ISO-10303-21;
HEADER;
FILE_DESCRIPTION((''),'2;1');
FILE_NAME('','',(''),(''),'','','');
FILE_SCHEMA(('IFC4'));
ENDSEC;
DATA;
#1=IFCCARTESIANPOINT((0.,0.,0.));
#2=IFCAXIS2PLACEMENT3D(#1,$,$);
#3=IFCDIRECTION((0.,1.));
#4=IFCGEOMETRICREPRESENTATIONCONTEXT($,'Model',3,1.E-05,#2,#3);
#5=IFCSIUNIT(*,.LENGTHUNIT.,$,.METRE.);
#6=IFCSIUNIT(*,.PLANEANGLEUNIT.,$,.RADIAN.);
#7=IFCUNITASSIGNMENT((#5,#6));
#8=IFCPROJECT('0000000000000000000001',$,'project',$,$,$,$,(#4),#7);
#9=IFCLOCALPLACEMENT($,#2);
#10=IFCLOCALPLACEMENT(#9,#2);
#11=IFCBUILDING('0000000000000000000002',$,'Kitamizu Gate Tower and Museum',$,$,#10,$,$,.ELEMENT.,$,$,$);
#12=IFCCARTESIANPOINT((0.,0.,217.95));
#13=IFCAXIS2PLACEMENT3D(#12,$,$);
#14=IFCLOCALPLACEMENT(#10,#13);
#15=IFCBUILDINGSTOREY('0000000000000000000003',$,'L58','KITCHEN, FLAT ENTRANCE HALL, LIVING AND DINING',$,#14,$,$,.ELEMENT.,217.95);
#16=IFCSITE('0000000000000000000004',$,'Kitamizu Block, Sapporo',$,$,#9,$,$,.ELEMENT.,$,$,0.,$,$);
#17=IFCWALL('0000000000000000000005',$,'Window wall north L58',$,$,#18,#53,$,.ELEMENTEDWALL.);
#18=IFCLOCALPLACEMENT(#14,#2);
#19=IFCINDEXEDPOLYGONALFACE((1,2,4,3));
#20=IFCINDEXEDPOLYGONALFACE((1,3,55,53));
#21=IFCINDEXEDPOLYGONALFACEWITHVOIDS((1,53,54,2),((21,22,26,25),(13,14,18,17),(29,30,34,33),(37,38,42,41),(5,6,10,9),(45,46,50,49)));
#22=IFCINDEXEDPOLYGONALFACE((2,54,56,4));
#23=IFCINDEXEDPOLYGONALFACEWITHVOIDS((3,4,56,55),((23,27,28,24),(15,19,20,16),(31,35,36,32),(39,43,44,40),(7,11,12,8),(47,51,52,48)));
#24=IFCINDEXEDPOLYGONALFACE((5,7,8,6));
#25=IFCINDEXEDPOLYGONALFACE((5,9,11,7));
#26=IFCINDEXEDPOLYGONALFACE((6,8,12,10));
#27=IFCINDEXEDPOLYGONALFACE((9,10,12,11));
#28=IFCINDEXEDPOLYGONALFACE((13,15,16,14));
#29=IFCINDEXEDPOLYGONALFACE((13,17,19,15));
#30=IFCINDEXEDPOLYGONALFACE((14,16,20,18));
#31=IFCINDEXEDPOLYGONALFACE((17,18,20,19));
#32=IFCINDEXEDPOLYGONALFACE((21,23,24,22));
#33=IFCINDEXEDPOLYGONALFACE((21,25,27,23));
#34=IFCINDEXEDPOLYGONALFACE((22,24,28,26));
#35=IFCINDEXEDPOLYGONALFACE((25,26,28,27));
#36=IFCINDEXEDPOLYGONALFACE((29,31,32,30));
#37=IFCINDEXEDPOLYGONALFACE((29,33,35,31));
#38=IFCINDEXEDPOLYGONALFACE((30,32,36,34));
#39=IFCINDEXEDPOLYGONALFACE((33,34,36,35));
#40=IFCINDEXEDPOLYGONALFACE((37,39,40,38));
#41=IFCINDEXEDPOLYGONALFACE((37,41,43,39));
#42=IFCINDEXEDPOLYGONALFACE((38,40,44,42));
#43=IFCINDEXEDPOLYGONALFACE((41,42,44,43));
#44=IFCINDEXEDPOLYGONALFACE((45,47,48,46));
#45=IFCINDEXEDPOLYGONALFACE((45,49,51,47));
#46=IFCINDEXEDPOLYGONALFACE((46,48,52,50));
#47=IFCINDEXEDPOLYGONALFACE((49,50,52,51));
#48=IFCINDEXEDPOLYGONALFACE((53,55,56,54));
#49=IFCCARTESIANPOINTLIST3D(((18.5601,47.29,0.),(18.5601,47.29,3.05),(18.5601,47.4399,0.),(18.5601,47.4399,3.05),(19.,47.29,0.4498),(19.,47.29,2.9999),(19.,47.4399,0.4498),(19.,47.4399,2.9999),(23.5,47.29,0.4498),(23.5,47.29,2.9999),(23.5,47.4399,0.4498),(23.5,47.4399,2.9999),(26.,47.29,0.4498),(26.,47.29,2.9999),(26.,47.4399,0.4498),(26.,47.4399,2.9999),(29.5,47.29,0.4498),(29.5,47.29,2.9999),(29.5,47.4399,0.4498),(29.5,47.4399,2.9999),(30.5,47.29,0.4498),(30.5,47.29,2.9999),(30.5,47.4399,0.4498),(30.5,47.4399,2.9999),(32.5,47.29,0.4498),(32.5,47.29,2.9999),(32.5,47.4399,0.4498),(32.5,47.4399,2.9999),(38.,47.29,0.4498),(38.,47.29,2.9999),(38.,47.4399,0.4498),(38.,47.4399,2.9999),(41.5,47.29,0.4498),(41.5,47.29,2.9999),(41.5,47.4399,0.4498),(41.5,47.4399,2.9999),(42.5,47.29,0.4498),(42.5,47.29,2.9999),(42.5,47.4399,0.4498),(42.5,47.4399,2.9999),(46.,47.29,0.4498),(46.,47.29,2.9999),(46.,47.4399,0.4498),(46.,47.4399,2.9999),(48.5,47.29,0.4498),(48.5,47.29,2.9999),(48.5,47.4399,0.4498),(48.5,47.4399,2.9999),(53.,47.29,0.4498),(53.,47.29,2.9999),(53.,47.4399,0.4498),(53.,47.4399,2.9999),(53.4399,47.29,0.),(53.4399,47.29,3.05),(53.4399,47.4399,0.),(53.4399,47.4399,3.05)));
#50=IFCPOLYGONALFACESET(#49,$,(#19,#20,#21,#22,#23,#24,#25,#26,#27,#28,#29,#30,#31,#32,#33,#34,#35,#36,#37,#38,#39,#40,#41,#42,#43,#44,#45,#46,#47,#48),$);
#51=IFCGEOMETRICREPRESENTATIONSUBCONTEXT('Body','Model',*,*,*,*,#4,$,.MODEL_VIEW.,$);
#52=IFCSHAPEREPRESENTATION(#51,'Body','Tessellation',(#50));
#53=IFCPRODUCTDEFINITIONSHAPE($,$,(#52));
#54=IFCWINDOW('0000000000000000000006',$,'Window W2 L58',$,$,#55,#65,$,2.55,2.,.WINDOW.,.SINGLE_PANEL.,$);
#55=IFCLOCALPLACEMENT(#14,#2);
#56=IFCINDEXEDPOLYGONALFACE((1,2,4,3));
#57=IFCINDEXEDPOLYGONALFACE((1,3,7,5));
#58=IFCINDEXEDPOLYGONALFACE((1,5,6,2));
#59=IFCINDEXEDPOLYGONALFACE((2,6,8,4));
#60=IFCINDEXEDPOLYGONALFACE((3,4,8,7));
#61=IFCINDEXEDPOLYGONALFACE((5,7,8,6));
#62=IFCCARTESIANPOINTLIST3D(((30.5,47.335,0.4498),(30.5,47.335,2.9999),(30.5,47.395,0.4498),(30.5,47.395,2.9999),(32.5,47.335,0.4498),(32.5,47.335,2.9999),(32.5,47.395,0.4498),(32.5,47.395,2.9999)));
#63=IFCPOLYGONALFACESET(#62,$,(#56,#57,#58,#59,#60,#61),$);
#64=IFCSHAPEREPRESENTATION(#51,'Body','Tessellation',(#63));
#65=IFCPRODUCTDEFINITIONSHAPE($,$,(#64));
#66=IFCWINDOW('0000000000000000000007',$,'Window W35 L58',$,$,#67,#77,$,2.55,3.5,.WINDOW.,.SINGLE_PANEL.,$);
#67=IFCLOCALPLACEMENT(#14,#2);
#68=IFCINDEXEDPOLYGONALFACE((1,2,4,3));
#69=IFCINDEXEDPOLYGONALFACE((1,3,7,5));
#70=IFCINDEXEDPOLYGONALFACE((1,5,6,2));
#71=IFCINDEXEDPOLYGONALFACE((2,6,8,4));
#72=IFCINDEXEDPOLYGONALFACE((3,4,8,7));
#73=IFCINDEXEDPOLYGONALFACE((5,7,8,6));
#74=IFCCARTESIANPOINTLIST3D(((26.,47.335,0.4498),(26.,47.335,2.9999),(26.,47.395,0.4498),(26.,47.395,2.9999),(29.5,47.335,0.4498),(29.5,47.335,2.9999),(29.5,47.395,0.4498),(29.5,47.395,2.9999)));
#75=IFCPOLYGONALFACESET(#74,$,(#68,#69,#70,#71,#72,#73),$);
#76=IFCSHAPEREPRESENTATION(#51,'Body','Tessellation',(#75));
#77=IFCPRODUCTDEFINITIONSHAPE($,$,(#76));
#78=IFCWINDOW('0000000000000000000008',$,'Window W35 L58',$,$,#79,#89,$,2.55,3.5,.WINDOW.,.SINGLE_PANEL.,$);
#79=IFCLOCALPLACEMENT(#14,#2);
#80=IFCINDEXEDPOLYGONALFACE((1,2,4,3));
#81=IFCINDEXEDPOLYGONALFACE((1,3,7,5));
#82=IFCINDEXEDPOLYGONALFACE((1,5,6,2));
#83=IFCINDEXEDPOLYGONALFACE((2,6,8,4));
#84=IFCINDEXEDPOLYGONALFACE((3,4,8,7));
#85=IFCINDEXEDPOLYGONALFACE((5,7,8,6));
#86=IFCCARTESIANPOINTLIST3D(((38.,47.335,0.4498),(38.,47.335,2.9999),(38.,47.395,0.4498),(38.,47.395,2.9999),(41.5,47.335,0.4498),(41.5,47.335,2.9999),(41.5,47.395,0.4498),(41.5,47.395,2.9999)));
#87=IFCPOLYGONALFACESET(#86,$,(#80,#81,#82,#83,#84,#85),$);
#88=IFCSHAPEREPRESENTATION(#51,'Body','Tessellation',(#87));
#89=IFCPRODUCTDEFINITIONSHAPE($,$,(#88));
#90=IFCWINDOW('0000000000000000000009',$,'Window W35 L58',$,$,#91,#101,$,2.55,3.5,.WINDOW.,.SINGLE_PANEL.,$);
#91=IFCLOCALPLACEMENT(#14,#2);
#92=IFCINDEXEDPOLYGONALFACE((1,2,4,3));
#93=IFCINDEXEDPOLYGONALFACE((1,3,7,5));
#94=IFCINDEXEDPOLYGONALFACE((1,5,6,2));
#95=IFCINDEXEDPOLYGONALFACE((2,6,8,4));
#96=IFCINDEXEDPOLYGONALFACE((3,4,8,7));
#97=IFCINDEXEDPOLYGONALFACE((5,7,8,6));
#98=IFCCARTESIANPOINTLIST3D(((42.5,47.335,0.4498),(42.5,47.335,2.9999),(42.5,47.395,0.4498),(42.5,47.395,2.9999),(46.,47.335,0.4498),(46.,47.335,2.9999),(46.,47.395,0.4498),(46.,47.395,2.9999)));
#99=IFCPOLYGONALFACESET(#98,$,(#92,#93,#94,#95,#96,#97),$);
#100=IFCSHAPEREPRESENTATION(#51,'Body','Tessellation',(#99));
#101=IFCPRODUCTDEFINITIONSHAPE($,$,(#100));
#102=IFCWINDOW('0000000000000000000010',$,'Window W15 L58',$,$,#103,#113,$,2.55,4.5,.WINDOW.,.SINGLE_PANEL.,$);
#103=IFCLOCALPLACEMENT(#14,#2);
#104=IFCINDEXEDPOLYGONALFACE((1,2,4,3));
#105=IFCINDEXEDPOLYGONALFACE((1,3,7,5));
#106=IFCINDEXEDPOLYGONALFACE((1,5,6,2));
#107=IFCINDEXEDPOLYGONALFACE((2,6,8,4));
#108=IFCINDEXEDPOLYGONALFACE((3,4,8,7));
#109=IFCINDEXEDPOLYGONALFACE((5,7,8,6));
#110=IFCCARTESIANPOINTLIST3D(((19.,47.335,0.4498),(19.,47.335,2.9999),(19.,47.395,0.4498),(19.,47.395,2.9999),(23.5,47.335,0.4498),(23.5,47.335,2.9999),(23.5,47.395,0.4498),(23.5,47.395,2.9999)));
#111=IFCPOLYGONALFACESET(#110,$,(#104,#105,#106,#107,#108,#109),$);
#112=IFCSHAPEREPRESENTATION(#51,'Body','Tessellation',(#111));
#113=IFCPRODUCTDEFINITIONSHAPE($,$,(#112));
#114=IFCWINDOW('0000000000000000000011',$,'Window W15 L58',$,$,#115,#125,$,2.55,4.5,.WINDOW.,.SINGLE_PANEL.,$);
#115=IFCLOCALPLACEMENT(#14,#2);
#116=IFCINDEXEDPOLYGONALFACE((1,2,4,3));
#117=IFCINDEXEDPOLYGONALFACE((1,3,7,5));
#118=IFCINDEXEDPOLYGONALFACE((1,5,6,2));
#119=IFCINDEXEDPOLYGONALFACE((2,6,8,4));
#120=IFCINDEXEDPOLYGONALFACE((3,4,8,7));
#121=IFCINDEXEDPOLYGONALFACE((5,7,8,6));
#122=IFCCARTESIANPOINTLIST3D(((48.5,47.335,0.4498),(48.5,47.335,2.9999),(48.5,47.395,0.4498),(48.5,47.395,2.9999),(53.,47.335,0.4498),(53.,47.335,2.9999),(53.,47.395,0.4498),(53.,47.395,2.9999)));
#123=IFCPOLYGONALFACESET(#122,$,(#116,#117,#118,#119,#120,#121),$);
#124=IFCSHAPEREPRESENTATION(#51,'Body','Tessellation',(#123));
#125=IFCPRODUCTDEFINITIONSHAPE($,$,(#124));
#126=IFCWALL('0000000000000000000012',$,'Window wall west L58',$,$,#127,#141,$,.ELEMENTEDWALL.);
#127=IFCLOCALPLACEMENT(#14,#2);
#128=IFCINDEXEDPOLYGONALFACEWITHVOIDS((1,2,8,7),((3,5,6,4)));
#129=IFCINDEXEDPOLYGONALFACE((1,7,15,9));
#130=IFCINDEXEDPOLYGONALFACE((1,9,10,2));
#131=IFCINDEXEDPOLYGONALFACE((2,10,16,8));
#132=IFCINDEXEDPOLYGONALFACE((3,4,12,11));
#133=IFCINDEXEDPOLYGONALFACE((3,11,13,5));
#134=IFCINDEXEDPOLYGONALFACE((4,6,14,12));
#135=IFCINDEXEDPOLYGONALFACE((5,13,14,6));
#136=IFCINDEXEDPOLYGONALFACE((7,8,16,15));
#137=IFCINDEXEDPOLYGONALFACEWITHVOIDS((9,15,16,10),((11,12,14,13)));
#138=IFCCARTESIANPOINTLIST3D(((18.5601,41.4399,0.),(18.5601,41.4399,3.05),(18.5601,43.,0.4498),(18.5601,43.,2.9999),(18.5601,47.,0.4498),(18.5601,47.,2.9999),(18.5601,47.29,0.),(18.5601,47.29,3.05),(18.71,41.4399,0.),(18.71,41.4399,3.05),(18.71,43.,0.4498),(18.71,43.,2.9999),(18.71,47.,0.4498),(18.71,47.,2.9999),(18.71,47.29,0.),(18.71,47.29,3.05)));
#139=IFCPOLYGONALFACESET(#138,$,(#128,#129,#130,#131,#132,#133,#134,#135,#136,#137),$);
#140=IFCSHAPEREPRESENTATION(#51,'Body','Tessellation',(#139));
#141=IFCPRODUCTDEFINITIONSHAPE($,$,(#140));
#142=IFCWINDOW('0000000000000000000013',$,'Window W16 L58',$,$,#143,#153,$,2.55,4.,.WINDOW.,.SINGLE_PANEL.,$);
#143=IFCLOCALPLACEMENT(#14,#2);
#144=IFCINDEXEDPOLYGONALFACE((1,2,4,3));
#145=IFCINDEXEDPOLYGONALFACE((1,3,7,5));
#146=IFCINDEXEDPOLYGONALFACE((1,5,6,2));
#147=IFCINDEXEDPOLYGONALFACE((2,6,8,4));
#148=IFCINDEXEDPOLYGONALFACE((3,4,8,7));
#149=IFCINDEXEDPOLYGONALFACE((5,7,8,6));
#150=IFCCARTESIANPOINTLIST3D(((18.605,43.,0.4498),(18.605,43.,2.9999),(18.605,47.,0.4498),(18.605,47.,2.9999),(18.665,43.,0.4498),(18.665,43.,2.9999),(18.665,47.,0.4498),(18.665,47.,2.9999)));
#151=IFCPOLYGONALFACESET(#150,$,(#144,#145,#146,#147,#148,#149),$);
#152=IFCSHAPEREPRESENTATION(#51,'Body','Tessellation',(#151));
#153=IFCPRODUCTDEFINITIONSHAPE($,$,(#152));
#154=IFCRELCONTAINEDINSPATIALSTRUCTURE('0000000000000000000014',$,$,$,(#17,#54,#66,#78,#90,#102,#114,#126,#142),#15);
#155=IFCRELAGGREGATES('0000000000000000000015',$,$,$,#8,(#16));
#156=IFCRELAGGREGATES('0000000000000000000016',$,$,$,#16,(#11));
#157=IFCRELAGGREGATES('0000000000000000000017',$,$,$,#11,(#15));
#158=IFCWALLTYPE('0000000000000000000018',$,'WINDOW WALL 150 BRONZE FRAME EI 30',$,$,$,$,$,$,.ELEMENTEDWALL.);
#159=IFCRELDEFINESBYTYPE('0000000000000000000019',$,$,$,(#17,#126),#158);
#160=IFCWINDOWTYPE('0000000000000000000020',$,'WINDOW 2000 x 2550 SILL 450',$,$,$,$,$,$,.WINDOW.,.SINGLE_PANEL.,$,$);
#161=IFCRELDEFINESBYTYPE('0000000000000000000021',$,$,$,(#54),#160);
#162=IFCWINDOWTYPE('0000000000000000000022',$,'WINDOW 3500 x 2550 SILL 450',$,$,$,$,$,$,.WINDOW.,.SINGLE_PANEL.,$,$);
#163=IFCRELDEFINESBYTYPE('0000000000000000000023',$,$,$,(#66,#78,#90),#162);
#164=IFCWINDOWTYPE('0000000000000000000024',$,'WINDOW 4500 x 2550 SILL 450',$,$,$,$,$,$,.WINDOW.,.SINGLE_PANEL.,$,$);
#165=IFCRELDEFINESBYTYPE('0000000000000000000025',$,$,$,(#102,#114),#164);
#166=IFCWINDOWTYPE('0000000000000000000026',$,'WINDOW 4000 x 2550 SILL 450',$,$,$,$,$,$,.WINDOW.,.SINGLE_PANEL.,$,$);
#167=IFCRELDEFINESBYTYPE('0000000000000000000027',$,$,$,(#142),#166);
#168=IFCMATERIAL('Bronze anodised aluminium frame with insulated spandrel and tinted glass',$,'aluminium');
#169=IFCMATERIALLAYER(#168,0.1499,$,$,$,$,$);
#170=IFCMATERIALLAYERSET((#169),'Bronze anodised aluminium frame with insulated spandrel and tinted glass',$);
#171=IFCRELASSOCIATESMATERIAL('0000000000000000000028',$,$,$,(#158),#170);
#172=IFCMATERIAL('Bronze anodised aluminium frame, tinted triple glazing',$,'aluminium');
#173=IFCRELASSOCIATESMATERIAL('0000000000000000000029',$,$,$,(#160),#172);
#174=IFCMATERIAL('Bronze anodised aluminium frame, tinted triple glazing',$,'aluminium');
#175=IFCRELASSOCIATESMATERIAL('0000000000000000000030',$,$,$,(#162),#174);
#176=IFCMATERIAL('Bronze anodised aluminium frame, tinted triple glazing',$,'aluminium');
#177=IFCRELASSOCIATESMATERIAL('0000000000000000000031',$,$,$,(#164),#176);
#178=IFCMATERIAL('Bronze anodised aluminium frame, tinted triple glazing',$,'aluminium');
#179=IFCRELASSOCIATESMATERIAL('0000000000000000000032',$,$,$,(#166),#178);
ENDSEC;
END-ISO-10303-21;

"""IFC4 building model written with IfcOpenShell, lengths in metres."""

from ifc_helpers import new_model, si_unit, direction, frame, frame_2d, origin, place, context, subcontext, project, spatial, rectangle, extrude, material, layer, layer_set, type_object, element, fill, save


model = new_model("IFC4")

# Units and contexts
model_context = context("Model", 3, precision=1e-05, world=origin(), true_north=direction((0.0, 1.0)))
body_context = subcontext(model_context, "Body", "Model", "MODEL_VIEW")
ifc_project = project(units=[si_unit("LENGTHUNIT", "METRE"), si_unit("PLANEANGLEUNIT", "RADIAN")], contexts=[model_context])

# Site, building, storey
site_placement = place(None, origin())
site = spatial("IfcSite", under=ifc_project, at=site_placement, Name="Kitamizu Block, Sapporo", CompositionType="ELEMENT", RefElevation=0.0)
building_placement = place(site_placement, origin())
building = spatial("IfcBuilding", under=site, at=building_placement, Name="Kitamizu Gate Tower and Museum", CompositionType="ELEMENT")
storey_placement = place(building_placement, frame((0.0, 0.0, 217.95)))
storey = spatial("IfcBuildingStorey", under=building, at=storey_placement, Name="L58", Description="KITCHEN, FLAT ENTRANCE HALL, LIVING AND DINING", CompositionType="ELEMENT", Elevation=217.95)

# Wall, openings, windows
ifc_material_1 = material(Name="Bronze anodised aluminium frame with insulated spandrel and tinted glass", Category="aluminium")
ifc_layer_1 = layer(ifc_material_1, 0.1499)
ifc_layer_set_1 = layer_set([ifc_layer_1], Name="Bronze anodised aluminium frame with insulated spandrel and tinted glass")
wall_type_1 = type_object("IfcWallType", Name="WINDOW WALL 150 BRONZE FRAME EI 30", PredefinedType="ELEMENTEDWALL", material=ifc_layer_set_1)
wall_1_placement = place(storey_placement, frame((18.5601, 47.365, 0.0), z_axis=(0.0, 0.0, 1.0), x_axis=(1.0, 0.0, 0.0)))
wall_1 = element("IfcWall", 1, at=wall_1_placement, inside=storey, type_object=wall_type_1, Name="Window wall north L58", PredefinedType="ELEMENTEDWALL", context=body_context, shape_type="SweptSolid", body=[
    extrude(rectangle(XDim=34.8799, YDim=0.1499, at=frame_2d((17.4399, 0.0))), origin(), (0.0, 0.0, 1.0), 3.05),
])
opening_1_placement = place(wall_1_placement, frame((0.4399, 0.0, 0.45)))
opening_1 = element("IfcOpeningElement", 2, at=opening_1_placement, cuts=wall_1, PredefinedType="OPENING", context=body_context, shape_type="SweptSolid", body=[
    extrude(rectangle(XDim=4.5, YDim=2.55, at=frame_2d((2.25, 1.2749))), frame((0.0, 0.085, 0.0), z_axis=(0.0, -1.0, 0.0), x_axis=(1.0, 0.0, 0.0)), (0.0, 0.0, 1.0), 0.1699),
])
opening_2_placement = place(wall_1_placement, frame((7.4399, 0.0, 0.45)))
opening_2 = element("IfcOpeningElement", 3, at=opening_2_placement, cuts=wall_1, PredefinedType="OPENING", context=body_context, shape_type="SweptSolid", body=[
    extrude(rectangle(XDim=3.5, YDim=2.55, at=frame_2d((1.75, 1.2749))), frame((0.0, 0.085, 0.0), z_axis=(0.0, -1.0, 0.0), x_axis=(1.0, 0.0, 0.0)), (0.0, 0.0, 1.0), 0.1699),
])
opening_3_placement = place(wall_1_placement, frame((11.9399, 0.0, 0.45)))
opening_3 = element("IfcOpeningElement", 4, at=opening_3_placement, cuts=wall_1, PredefinedType="OPENING", context=body_context, shape_type="SweptSolid", body=[
    extrude(rectangle(XDim=2.0, YDim=2.55, at=frame_2d((1.0, 1.2749))), frame((0.0, 0.085, 0.0), z_axis=(0.0, -1.0, 0.0), x_axis=(1.0, 0.0, 0.0)), (0.0, 0.0, 1.0), 0.1699),
])
opening_4_placement = place(wall_1_placement, frame((19.4399, 0.0, 0.45)))
opening_4 = element("IfcOpeningElement", 5, at=opening_4_placement, cuts=wall_1, PredefinedType="OPENING", context=body_context, shape_type="SweptSolid", body=[
    extrude(rectangle(XDim=3.5, YDim=2.55, at=frame_2d((1.75, 1.2749))), frame((0.0, 0.085, 0.0), z_axis=(0.0, -1.0, 0.0), x_axis=(1.0, 0.0, 0.0)), (0.0, 0.0, 1.0), 0.1699),
])
opening_5_placement = place(wall_1_placement, frame((23.9399, 0.0, 0.45)))
opening_5 = element("IfcOpeningElement", 6, at=opening_5_placement, cuts=wall_1, PredefinedType="OPENING", context=body_context, shape_type="SweptSolid", body=[
    extrude(rectangle(XDim=3.5, YDim=2.55, at=frame_2d((1.75, 1.2749))), frame((0.0, 0.085, 0.0), z_axis=(0.0, -1.0, 0.0), x_axis=(1.0, 0.0, 0.0)), (0.0, 0.0, 1.0), 0.1699),
])
opening_6_placement = place(wall_1_placement, frame((29.9399, 0.0, 0.45)))
opening_6 = element("IfcOpeningElement", 7, at=opening_6_placement, cuts=wall_1, PredefinedType="OPENING", context=body_context, shape_type="SweptSolid", body=[
    extrude(rectangle(XDim=4.5, YDim=2.55, at=frame_2d((2.25, 1.2749))), frame((0.0, 0.085, 0.0), z_axis=(0.0, -1.0, 0.0), x_axis=(1.0, 0.0, 0.0)), (0.0, 0.0, 1.0), 0.1699),
])
ifc_material_2 = material(Name="Bronze anodised aluminium frame, tinted triple glazing", Category="aluminium")
window_type_1 = type_object("IfcWindowType", Name="WINDOW 2000 x 2550 SILL 450", PartitioningType="SINGLE_PANEL", PredefinedType="WINDOW", material=ifc_material_2)
window_1_placement = place(opening_3_placement, origin())
window_1 = element("IfcWindow", 8, at=window_1_placement, inside=storey, type_object=window_type_1, Name="Window W2 L58", OverallHeight=2.55, OverallWidth=2.0, PartitioningType="SINGLE_PANEL", PredefinedType="WINDOW", context=body_context, shape_type="SweptSolid", body=[
    extrude(rectangle(XDim=2.0, YDim=2.55, at=frame_2d((1.0, 1.2749))), frame((0.0, 0.03, 0.0), z_axis=(0.0, -1.0, 0.0), x_axis=(1.0, 0.0, 0.0)), (0.0, 0.0, 1.0), 0.0601),
])
fill(opening_3, window_1)
ifc_material_3 = material(Name="Bronze anodised aluminium frame, tinted triple glazing", Category="aluminium")
window_type_2 = type_object("IfcWindowType", Name="WINDOW 3500 x 2550 SILL 450", PartitioningType="SINGLE_PANEL", PredefinedType="WINDOW", material=ifc_material_3)
window_2_placement = place(opening_2_placement, origin())
window_2 = element("IfcWindow", 9, at=window_2_placement, inside=storey, type_object=window_type_2, Name="Window W35 L58", OverallHeight=2.55, OverallWidth=3.5, PartitioningType="SINGLE_PANEL", PredefinedType="WINDOW", context=body_context, shape_type="SweptSolid", body=[
    extrude(rectangle(XDim=3.5, YDim=2.55, at=frame_2d((1.75, 1.2749))), frame((0.0, 0.03, 0.0), z_axis=(0.0, -1.0, 0.0), x_axis=(1.0, 0.0, 0.0)), (0.0, 0.0, 1.0), 0.0601),
])
fill(opening_2, window_2)
window_3_placement = place(opening_4_placement, origin())
window_3 = element("IfcWindow", 10, at=window_3_placement, inside=storey, type_object=window_type_2, Name="Window W35 L58", OverallHeight=2.55, OverallWidth=3.5, PartitioningType="SINGLE_PANEL", PredefinedType="WINDOW", context=body_context, shape_type="SweptSolid", body=[
    extrude(rectangle(XDim=3.5, YDim=2.55, at=frame_2d((1.75, 1.2749))), frame((0.0, 0.03, 0.0), z_axis=(0.0, -1.0, 0.0), x_axis=(1.0, 0.0, 0.0)), (0.0, 0.0, 1.0), 0.0601),
])
fill(opening_4, window_3)
window_4_placement = place(opening_5_placement, origin())
window_4 = element("IfcWindow", 11, at=window_4_placement, inside=storey, type_object=window_type_2, Name="Window W35 L58", OverallHeight=2.55, OverallWidth=3.5, PartitioningType="SINGLE_PANEL", PredefinedType="WINDOW", context=body_context, shape_type="SweptSolid", body=[
    extrude(rectangle(XDim=3.5, YDim=2.55, at=frame_2d((1.75, 1.2749))), frame((0.0, 0.03, 0.0), z_axis=(0.0, -1.0, 0.0), x_axis=(1.0, 0.0, 0.0)), (0.0, 0.0, 1.0), 0.0601),
])
fill(opening_5, window_4)
ifc_material_4 = material(Name="Bronze anodised aluminium frame, tinted triple glazing", Category="aluminium")
window_type_3 = type_object("IfcWindowType", Name="WINDOW 4500 x 2550 SILL 450", PartitioningType="SINGLE_PANEL", PredefinedType="WINDOW", material=ifc_material_4)
window_5_placement = place(opening_1_placement, origin())
window_5 = element("IfcWindow", 12, at=window_5_placement, inside=storey, type_object=window_type_3, Name="Window W15 L58", OverallHeight=2.55, OverallWidth=4.5, PartitioningType="SINGLE_PANEL", PredefinedType="WINDOW", context=body_context, shape_type="SweptSolid", body=[
    extrude(rectangle(XDim=4.5, YDim=2.55, at=frame_2d((2.25, 1.2749))), frame((0.0, 0.03, 0.0), z_axis=(0.0, -1.0, 0.0), x_axis=(1.0, 0.0, 0.0)), (0.0, 0.0, 1.0), 0.0601),
])
fill(opening_1, window_5)
window_6_placement = place(opening_6_placement, origin())
window_6 = element("IfcWindow", 13, at=window_6_placement, inside=storey, type_object=window_type_3, Name="Window W15 L58", OverallHeight=2.55, OverallWidth=4.5, PartitioningType="SINGLE_PANEL", PredefinedType="WINDOW", context=body_context, shape_type="SweptSolid", body=[
    extrude(rectangle(XDim=4.5, YDim=2.55, at=frame_2d((2.25, 1.2749))), frame((0.0, 0.03, 0.0), z_axis=(0.0, -1.0, 0.0), x_axis=(1.0, 0.0, 0.0)), (0.0, 0.0, 1.0), 0.0601),
])
fill(opening_6, window_6)

# Wall, opening, window
wall_2_placement = place(storey_placement, frame((18.635, 41.4399, 0.0), z_axis=(0.0, 0.0, 1.0), x_axis=(0.0, 1.0, 0.0)))
wall_2 = element("IfcWall", 14, at=wall_2_placement, inside=storey, type_object=wall_type_1, Name="Window wall west L58", PredefinedType="ELEMENTEDWALL", context=body_context, shape_type="SweptSolid", body=[
    extrude(rectangle(XDim=5.8501, YDim=0.1499, at=frame_2d((2.925, 0.0))), origin(), (0.0, 0.0, 1.0), 3.05),
])
opening_7_placement = place(wall_2_placement, frame((1.5601, 0.0, 0.45)))
opening_7 = element("IfcOpeningElement", 15, at=opening_7_placement, cuts=wall_2, PredefinedType="OPENING", context=body_context, shape_type="SweptSolid", body=[
    extrude(rectangle(XDim=4.0, YDim=2.55, at=frame_2d((2.0, 1.2749))), frame((0.0, 0.085, 0.0), z_axis=(0.0, -1.0, 0.0), x_axis=(1.0, 0.0, 0.0)), (0.0, 0.0, 1.0), 0.1699),
])
ifc_material_5 = material(Name="Bronze anodised aluminium frame, tinted triple glazing", Category="aluminium")
window_type_4 = type_object("IfcWindowType", Name="WINDOW 4000 x 2550 SILL 450", PartitioningType="SINGLE_PANEL", PredefinedType="WINDOW", material=ifc_material_5)
window_7_placement = place(opening_7_placement, origin())
window_7 = element("IfcWindow", 16, at=window_7_placement, inside=storey, type_object=window_type_4, Name="Window W16 L58", OverallHeight=2.55, OverallWidth=4.0, PartitioningType="SINGLE_PANEL", PredefinedType="WINDOW", context=body_context, shape_type="SweptSolid", body=[
    extrude(rectangle(XDim=4.0, YDim=2.55, at=frame_2d((2.0, 1.2749))), frame((0.0, 0.03, 0.0), z_axis=(0.0, -1.0, 0.0), x_axis=(1.0, 0.0, 0.0)), (0.0, 0.0, 1.0), 0.0601),
])
fill(opening_7, window_7)

save(model, "model.ifc")
